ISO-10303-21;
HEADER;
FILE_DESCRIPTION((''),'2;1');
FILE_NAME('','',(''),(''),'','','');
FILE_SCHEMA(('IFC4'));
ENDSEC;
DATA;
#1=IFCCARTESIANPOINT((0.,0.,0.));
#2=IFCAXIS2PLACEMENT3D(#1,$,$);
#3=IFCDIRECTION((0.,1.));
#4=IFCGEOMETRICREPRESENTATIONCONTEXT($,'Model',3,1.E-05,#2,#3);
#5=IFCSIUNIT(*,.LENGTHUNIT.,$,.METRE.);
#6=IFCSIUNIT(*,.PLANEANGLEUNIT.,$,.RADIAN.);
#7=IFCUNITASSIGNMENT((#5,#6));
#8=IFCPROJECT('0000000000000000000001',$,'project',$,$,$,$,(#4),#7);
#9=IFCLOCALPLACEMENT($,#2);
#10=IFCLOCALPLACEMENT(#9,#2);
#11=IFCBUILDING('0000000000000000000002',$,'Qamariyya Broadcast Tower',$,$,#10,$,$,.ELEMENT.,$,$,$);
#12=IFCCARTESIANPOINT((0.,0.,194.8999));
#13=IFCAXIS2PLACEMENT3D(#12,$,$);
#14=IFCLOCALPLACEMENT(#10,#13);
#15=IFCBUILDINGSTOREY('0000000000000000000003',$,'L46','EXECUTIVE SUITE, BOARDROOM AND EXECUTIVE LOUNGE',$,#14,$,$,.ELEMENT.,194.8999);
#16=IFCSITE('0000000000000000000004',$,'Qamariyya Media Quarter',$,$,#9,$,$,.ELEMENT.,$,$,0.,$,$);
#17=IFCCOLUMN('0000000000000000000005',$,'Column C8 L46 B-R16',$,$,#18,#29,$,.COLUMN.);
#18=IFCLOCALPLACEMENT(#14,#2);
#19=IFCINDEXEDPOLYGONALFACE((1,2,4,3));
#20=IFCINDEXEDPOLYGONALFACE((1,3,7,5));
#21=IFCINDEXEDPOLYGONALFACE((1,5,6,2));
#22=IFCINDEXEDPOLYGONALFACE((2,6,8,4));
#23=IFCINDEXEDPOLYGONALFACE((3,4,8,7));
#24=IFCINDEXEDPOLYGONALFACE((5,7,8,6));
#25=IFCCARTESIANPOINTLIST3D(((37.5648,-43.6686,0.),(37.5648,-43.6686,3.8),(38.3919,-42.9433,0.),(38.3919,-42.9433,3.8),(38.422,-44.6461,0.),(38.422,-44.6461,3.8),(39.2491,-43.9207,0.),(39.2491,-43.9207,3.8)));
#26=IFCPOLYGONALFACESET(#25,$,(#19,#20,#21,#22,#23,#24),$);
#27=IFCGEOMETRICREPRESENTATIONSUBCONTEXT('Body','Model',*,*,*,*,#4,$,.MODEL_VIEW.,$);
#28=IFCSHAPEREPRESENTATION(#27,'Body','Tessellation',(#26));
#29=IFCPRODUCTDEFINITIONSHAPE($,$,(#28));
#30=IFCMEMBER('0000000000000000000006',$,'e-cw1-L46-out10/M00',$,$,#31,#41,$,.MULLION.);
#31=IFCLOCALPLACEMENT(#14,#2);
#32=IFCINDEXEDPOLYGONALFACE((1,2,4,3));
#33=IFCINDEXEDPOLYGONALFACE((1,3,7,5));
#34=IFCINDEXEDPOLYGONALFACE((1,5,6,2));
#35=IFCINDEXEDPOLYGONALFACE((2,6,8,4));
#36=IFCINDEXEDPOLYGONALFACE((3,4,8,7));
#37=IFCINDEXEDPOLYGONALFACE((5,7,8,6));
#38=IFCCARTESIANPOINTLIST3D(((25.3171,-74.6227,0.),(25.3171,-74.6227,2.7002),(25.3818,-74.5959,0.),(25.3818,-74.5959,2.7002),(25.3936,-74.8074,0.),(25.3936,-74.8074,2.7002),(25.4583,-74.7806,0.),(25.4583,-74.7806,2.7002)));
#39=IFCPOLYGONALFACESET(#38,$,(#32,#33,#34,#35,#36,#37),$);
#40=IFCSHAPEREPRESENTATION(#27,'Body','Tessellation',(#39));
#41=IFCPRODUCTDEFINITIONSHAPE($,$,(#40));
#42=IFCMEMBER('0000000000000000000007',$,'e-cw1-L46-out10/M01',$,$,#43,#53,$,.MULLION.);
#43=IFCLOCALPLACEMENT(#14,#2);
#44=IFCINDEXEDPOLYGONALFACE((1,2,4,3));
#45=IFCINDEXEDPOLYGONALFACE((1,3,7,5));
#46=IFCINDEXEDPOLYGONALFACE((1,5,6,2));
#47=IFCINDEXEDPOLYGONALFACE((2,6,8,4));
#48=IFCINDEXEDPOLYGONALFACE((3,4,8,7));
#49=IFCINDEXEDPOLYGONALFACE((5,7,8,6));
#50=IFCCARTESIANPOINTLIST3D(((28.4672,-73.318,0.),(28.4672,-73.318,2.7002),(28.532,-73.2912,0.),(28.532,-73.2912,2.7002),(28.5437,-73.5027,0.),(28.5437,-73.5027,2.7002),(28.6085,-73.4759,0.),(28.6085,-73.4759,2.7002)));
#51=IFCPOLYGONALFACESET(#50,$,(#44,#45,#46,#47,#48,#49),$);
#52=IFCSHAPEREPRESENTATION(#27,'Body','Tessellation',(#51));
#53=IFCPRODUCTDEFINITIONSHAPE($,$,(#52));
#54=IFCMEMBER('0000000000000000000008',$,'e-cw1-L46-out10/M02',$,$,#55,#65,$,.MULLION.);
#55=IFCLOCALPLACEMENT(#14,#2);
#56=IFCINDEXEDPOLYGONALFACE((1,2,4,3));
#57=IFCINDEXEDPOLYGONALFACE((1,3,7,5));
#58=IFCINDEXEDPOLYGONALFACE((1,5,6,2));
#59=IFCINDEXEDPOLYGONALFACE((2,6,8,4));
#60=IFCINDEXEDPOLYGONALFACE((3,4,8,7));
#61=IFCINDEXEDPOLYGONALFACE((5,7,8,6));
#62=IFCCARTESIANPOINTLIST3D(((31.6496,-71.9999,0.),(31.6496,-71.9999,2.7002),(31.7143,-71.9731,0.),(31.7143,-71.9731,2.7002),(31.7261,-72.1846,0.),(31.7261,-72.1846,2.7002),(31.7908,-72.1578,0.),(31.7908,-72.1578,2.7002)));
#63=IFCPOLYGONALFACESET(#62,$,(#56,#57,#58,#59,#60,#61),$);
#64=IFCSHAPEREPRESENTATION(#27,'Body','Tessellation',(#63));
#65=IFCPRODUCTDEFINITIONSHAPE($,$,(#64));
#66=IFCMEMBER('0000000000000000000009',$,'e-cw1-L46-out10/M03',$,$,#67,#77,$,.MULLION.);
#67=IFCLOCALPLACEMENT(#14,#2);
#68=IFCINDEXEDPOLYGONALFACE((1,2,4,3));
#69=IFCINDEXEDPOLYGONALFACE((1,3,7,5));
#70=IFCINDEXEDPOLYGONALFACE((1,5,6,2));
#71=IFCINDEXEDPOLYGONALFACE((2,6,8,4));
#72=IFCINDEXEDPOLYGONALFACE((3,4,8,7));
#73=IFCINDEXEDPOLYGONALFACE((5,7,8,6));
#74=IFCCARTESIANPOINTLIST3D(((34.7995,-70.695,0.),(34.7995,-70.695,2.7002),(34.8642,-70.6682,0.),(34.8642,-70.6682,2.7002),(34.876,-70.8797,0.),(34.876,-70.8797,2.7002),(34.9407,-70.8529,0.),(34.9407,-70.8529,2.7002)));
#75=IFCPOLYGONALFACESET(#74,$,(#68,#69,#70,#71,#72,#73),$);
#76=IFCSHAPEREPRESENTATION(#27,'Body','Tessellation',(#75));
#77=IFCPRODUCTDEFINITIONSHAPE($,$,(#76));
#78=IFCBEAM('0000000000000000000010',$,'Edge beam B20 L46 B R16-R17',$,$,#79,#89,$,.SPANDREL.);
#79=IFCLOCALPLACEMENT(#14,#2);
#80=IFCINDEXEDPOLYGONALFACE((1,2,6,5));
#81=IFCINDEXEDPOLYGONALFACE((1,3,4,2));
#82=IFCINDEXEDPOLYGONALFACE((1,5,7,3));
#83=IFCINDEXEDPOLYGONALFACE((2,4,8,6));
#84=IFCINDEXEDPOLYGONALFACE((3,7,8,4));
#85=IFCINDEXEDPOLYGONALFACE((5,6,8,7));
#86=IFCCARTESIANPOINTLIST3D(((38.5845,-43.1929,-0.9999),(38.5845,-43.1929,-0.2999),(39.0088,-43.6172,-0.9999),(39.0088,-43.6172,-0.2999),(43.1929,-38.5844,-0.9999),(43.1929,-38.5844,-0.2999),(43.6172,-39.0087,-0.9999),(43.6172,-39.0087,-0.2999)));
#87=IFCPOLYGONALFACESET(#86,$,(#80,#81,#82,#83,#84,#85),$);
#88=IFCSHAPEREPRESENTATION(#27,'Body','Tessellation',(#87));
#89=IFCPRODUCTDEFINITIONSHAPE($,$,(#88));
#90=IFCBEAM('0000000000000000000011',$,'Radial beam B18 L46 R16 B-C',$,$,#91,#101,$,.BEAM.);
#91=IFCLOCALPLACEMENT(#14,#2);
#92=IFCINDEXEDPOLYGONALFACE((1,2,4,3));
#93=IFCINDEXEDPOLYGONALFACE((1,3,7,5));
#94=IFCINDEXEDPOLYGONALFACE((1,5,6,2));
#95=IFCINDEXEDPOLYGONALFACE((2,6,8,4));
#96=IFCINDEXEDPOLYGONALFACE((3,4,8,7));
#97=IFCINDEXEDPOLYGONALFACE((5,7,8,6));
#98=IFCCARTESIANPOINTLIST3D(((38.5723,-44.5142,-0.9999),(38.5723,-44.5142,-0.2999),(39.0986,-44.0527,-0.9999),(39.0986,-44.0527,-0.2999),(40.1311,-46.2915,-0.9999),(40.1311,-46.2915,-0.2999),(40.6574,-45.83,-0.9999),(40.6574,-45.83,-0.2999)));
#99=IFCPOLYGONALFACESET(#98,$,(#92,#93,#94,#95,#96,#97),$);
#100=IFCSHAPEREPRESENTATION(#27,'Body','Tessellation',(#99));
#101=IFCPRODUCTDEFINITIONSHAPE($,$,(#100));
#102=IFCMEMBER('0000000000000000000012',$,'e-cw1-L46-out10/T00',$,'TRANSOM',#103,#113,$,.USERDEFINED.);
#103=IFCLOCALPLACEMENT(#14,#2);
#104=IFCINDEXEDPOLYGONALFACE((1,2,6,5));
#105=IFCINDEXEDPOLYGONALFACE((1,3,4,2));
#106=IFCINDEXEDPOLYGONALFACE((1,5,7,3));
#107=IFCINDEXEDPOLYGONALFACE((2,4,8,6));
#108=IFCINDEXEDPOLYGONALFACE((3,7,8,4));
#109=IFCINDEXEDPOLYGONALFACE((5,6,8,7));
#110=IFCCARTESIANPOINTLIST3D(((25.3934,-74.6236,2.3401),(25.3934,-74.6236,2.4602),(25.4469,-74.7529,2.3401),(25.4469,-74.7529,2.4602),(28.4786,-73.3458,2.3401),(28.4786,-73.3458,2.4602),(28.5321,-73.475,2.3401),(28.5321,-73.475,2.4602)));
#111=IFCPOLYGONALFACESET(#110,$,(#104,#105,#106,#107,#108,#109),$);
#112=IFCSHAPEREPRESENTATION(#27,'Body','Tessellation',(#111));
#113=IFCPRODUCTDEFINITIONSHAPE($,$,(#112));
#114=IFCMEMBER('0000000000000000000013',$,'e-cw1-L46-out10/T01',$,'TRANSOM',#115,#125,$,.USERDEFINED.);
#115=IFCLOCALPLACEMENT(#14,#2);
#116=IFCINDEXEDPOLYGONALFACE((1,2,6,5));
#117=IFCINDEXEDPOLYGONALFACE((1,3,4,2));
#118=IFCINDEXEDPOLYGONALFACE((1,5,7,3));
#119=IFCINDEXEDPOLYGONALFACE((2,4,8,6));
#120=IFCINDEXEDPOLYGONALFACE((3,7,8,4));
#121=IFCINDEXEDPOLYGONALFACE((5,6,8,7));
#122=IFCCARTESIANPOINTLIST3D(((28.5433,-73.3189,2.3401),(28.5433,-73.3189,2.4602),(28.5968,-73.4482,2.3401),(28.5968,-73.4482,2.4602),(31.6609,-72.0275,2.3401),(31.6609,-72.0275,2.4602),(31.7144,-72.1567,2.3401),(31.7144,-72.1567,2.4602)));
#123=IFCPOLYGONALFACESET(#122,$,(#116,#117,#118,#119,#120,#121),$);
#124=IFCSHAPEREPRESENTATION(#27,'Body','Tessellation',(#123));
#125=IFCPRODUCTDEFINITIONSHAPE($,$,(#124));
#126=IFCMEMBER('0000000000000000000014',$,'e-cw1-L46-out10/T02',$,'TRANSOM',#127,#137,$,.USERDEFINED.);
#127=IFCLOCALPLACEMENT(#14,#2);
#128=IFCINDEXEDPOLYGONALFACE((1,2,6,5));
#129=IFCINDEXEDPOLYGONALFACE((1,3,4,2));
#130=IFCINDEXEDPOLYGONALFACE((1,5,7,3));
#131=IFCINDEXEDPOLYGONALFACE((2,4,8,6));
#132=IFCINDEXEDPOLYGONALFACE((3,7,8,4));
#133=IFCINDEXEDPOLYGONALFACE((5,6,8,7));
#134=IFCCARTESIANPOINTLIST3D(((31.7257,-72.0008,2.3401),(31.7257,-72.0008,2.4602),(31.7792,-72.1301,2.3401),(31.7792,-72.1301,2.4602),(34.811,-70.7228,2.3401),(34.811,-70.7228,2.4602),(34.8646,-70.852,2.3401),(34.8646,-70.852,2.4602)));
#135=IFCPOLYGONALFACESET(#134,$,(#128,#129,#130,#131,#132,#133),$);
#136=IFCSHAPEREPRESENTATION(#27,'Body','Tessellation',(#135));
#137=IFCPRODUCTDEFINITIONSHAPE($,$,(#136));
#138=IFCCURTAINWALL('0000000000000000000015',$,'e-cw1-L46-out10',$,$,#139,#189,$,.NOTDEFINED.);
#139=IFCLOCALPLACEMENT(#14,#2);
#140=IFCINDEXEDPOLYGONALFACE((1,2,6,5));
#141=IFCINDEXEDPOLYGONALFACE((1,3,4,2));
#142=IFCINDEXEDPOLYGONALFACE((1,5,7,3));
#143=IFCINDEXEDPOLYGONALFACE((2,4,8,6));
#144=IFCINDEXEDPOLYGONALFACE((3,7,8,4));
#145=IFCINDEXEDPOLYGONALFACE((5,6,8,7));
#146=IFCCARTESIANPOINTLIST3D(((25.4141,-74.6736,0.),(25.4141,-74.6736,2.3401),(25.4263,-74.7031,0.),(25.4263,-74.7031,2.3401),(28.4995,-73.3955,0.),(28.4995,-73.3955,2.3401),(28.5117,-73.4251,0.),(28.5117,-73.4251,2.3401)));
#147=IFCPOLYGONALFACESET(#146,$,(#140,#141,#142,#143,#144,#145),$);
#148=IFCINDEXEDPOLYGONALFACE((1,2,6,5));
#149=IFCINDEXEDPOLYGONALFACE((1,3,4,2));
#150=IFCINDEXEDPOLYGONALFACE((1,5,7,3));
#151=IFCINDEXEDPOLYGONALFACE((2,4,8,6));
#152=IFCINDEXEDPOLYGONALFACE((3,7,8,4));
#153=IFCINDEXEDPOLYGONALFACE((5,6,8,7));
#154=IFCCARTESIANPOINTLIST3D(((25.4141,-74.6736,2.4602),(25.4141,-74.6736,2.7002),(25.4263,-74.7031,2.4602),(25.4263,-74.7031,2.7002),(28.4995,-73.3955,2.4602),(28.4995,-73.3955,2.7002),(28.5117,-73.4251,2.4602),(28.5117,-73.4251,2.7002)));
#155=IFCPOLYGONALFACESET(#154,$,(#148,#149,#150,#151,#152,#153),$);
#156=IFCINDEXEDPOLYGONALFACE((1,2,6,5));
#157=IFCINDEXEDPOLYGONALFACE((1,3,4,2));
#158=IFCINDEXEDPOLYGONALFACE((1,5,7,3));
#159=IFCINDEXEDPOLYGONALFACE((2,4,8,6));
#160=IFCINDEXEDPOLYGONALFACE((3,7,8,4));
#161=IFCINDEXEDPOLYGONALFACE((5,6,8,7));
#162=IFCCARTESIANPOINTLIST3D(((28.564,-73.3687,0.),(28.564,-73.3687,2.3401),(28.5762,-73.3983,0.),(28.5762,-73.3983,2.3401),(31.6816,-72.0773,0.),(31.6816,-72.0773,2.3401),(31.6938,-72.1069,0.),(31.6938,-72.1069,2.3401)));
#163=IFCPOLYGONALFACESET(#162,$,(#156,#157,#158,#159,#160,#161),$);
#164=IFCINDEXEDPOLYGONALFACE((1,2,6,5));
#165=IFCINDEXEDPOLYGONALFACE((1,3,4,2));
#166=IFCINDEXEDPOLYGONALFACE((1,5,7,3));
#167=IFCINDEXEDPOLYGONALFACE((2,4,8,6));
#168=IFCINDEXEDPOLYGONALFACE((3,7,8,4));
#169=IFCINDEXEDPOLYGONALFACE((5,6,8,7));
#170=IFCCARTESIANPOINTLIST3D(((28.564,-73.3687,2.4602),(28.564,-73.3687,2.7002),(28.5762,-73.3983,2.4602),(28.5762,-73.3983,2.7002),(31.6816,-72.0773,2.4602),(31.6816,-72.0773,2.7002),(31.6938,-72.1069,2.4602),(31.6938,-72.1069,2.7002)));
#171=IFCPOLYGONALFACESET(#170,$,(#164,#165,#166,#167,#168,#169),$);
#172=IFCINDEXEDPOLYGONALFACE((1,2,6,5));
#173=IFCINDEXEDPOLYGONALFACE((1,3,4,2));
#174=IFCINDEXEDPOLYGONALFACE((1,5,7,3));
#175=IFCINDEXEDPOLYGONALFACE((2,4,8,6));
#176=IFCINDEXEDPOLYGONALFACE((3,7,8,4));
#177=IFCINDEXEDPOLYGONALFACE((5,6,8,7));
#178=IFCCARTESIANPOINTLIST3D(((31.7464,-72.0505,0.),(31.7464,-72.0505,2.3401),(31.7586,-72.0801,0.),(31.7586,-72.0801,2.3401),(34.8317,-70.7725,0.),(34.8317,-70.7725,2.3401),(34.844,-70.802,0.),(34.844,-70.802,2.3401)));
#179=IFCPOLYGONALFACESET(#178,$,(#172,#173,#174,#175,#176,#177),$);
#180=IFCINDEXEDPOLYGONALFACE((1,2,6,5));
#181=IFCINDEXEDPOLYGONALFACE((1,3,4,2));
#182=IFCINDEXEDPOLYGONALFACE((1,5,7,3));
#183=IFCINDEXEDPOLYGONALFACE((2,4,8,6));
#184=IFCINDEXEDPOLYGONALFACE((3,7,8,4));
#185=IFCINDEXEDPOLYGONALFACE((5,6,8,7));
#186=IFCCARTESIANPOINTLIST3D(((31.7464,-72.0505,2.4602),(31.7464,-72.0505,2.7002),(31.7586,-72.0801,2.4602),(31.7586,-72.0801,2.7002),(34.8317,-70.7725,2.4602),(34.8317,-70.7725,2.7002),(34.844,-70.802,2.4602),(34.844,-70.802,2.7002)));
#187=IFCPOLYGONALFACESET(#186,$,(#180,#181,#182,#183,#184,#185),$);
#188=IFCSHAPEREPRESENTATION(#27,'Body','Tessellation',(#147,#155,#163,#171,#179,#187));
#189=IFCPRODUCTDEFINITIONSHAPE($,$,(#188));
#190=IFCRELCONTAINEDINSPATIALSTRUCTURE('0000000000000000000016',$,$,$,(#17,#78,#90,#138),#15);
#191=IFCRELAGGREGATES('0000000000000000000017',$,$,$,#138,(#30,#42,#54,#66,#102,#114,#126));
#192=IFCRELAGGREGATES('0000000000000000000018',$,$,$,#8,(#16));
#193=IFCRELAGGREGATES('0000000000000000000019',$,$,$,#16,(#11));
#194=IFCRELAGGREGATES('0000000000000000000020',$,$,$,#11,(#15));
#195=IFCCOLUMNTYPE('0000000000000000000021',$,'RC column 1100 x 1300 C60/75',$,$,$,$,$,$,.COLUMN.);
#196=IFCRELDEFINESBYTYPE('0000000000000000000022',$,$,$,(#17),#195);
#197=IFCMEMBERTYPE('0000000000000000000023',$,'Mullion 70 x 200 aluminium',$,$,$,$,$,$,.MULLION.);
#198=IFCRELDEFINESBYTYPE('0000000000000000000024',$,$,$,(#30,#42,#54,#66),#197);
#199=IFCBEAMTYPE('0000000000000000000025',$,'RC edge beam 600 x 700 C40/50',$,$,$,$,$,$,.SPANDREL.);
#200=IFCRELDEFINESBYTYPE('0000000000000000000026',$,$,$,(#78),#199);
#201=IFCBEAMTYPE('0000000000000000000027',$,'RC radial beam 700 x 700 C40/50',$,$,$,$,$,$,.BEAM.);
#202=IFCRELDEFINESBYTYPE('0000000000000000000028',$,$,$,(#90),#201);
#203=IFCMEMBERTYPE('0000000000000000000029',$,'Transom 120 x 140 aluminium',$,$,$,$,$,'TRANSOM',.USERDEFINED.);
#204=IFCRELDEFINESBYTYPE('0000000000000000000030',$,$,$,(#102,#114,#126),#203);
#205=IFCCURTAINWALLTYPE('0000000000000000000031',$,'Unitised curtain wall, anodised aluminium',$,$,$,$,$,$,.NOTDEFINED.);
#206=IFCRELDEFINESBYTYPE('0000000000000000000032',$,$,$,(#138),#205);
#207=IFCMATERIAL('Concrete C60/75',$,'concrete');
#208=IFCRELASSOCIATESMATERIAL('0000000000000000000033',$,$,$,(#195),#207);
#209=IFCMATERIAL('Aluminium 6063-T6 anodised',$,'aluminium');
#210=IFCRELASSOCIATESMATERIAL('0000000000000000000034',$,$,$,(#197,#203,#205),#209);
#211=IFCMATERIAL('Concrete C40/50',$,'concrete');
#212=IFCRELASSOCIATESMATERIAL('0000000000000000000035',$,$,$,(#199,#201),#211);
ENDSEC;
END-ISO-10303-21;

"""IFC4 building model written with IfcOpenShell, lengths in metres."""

from ifc_helpers import new_model, si_unit, direction, frame, origin, origin_2d, place, context, subcontext, project, spatial, rectangle, extrude, material, material_profile, profile_set, type_object, element, aggregate, save


model = new_model("IFC4")

# Units and contexts
model_context = context("Model", 3, precision=1e-05, world=origin(), true_north=direction((0.0, 1.0)))
body_context = subcontext(model_context, "Body", "Model", "MODEL_VIEW")
ifc_project = project(units=[si_unit("LENGTHUNIT", "METRE"), si_unit("PLANEANGLEUNIT", "RADIAN")], contexts=[model_context])

# Site, building, storey
site_placement = place(None, origin())
site = spatial("IfcSite", under=ifc_project, at=site_placement, Name="Qamariyya Media Quarter", CompositionType="ELEMENT", RefElevation=0.0)
building_placement = place(site_placement, origin())
building = spatial("IfcBuilding", under=site, at=building_placement, Name="Qamariyya Broadcast Tower", CompositionType="ELEMENT")
storey_placement = place(building_placement, frame((0.0, 0.0, 194.8999)))
storey = spatial("IfcBuildingStorey", under=building, at=storey_placement, Name="L46", Description="EXECUTIVE SUITE, BOARDROOM AND EXECUTIVE LOUNGE", CompositionType="ELEMENT", Elevation=194.8999)

# Column
ifc_material_1 = material(Name="Concrete C60/75", Category="concrete")
ifc_material_profile_1 = material_profile(ifc_material_1, rectangle(XDim=1.1001, YDim=1.3, at=origin_2d()))
ifc_profile_set_1 = profile_set([ifc_material_profile_1], Name="Concrete C60/75")
column_type = type_object("IfcColumnType", Name="RC column 1100 x 1300 C60/75", PredefinedType="COLUMN", material=ifc_profile_set_1)
column_placement = place(storey_placement, frame((38.407, -43.7947, 0.0), z_axis=(0.0, 0.0, 1.0), x_axis=(0.75184, 0.659346, 0.0)))
element("IfcColumn", 1, at=column_placement, inside=storey, type_object=column_type, Name="Column C8 L46 B-R16", PredefinedType="COLUMN", context=body_context, shape_type="SweptSolid", body=[
    extrude(rectangle(XDim=1.1001, YDim=1.3, at=origin_2d()), origin(), (0.0, 0.0, 1.0), 3.8),
])

# Members
ifc_material_2 = material(Name="Aluminium 6063-T6 anodised", Category="aluminium")
ifc_material_profile_2 = material_profile(ifc_material_2, rectangle(XDim=0.2, YDim=0.0701, at=origin_2d()))
ifc_profile_set_2 = profile_set([ifc_material_profile_2], Name="Aluminium 6063-T6 anodised")
member_type_1 = type_object("IfcMemberType", Name="Mullion 70 x 200 aluminium", PredefinedType="MULLION", material=ifc_profile_set_2)
member_1_placement = place(storey_placement, frame((25.3877, -74.7017, 0.0), z_axis=(0.0, 0.0, 1.0), x_axis=(-0.382683, 0.92388, 0.0)))
member_1 = element("IfcMember", 2, at=member_1_placement, type_object=member_type_1, Name="e-cw1-L46-out10/M00", PredefinedType="MULLION", context=body_context, shape_type="SweptSolid", body=[
    extrude(rectangle(XDim=0.2, YDim=0.0701, at=origin_2d()), origin(), (0.0, 0.0, 1.0), 2.7002),
])
member_2_placement = place(storey_placement, frame((28.5378, -73.397, 0.0), z_axis=(0.0, 0.0, 1.0), x_axis=(-0.382683, 0.92388, 0.0)))
member_2 = element("IfcMember", 3, at=member_2_placement, type_object=member_type_1, Name="e-cw1-L46-out10/M01", PredefinedType="MULLION", context=body_context, shape_type="SweptSolid", body=[
    extrude(rectangle(XDim=0.2, YDim=0.0701, at=origin_2d()), origin(), (0.0, 0.0, 1.0), 2.7002),
])
member_3_placement = place(storey_placement, frame((31.7202, -72.0789, 0.0), z_axis=(0.0, 0.0, 1.0), x_axis=(-0.382683, 0.92388, 0.0)))
member_3 = element("IfcMember", 4, at=member_3_placement, type_object=member_type_1, Name="e-cw1-L46-out10/M02", PredefinedType="MULLION", context=body_context, shape_type="SweptSolid", body=[
    extrude(rectangle(XDim=0.2, YDim=0.0701, at=origin_2d()), origin(), (0.0, 0.0, 1.0), 2.7002),
])
member_4_placement = place(storey_placement, frame((34.8701, -70.7739, 0.0), z_axis=(0.0, 0.0, 1.0), x_axis=(-0.382683, 0.92388, 0.0)))
member_4 = element("IfcMember", 5, at=member_4_placement, type_object=member_type_1, Name="e-cw1-L46-out10/M03", PredefinedType="MULLION", context=body_context, shape_type="SweptSolid", body=[
    extrude(rectangle(XDim=0.2, YDim=0.0701, at=origin_2d()), origin(), (0.0, 0.0, 1.0), 2.7002),
])

# Beams
ifc_material_3 = material(Name="Concrete C40/50", Category="concrete")
ifc_material_profile_3 = material_profile(ifc_material_3, rectangle(XDim=0.6001, YDim=0.7, at=origin_2d()))
ifc_profile_set_3 = profile_set([ifc_material_profile_3], Name="Concrete C40/50")
beam_type_1 = type_object("IfcBeamType", Name="RC edge beam 600 x 700 C40/50", PredefinedType="SPANDREL", material=ifc_profile_set_3)
beam_1_placement = place(storey_placement, frame((38.7966, -43.405, -0.6499), z_axis=(0.707107, 0.707107, 0.0), x_axis=(-0.707107, 0.707107, 0.0)))
element("IfcBeam", 6, at=beam_1_placement, inside=storey, type_object=beam_type_1, Name="Edge beam B20 L46 B R16-R17", PredefinedType="SPANDREL", context=body_context, shape_type="SweptSolid", body=[
    extrude(rectangle(XDim=0.6001, YDim=0.7, at=origin_2d()), origin(), (0.0, 0.0, 1.0), 6.5173),
])
ifc_material_profile_4 = material_profile(ifc_material_3, rectangle(XDim=0.7, YDim=0.7, at=origin_2d()))
ifc_profile_set_4 = profile_set([ifc_material_profile_4], Name="Concrete C40/50")
beam_type_2 = type_object("IfcBeamType", Name="RC radial beam 700 x 700 C40/50", PredefinedType="BEAM", material=ifc_profile_set_4)
beam_2_placement = place(storey_placement, frame((38.8354, -44.2834, -0.6499), z_axis=(0.659382, -0.751809, 0.0), x_axis=(0.751809, 0.659382, 0.0)))
element("IfcBeam", 7, at=beam_2_placement, inside=storey, type_object=beam_type_2, Name="Radial beam B18 L46 R16 B-C", PredefinedType="BEAM", context=body_context, shape_type="SweptSolid", body=[
    extrude(rectangle(XDim=0.7, YDim=0.7, at=origin_2d()), origin(), (0.0, 0.0, 1.0), 2.364),
])

# Members
ifc_material_profile_5 = material_profile(ifc_material_2, rectangle(XDim=0.1399, YDim=0.1201, at=origin_2d()))
ifc_profile_set_5 = profile_set([ifc_material_profile_5], Name="Aluminium 6063-T6 anodised")
member_type_2 = type_object("IfcMemberType", Name="Transom 120 x 140 aluminium", ElementType="TRANSOM", PredefinedType="USERDEFINED", material=ifc_profile_set_5)
member_5_placement = place(storey_placement, frame((25.4202, -74.6882, 2.4001), z_axis=(0.92389, 0.382657, 0.0), x_axis=(-0.382657, 0.92389, 0.0)))
member_5 = element("IfcMember", 8, at=member_5_placement, type_object=member_type_2, Name="e-cw1-L46-out10/T00", ObjectType="TRANSOM", PredefinedType="USERDEFINED", context=body_context, shape_type="SweptSolid", body=[
    extrude(rectangle(XDim=0.1399, YDim=0.1201, at=origin_2d()), origin(), (0.0, 0.0, 1.0), 3.3394),
])
member_6_placement = place(storey_placement, frame((28.5701, -73.3835, 2.4001), z_axis=(0.923867, 0.382714, 0.0), x_axis=(-0.382714, 0.923867, 0.0)))
member_6 = element("IfcMember", 9, at=member_6_placement, type_object=member_type_2, Name="e-cw1-L46-out10/T01", ObjectType="TRANSOM", PredefinedType="USERDEFINED", context=body_context, shape_type="SweptSolid", body=[
    extrude(rectangle(XDim=0.1399, YDim=0.1201, at=origin_2d()), origin(), (0.0, 0.0, 1.0), 3.3745),
])
member_7_placement = place(storey_placement, frame((31.7524, -72.0654, 2.4001), z_axis=(0.923875, 0.382694, 0.0), x_axis=(-0.382694, 0.923875, 0.0)))
member_7 = element("IfcMember", 10, at=member_7_placement, type_object=member_type_2, Name="e-cw1-L46-out10/T02", ObjectType="TRANSOM", PredefinedType="USERDEFINED", context=body_context, shape_type="SweptSolid", body=[
    extrude(rectangle(XDim=0.1399, YDim=0.1201, at=origin_2d()), origin(), (0.0, 0.0, 1.0), 3.3396),
])

# Curtain wall
curtain_wall_type = type_object("IfcCurtainWallType", Name="Unitised curtain wall, anodised aluminium", PredefinedType="NOTDEFINED", material=ifc_material_2)
curtain_wall_placement = place(storey_placement, origin())
curtain_wall = element("IfcCurtainWall", 11, at=curtain_wall_placement, inside=storey, type_object=curtain_wall_type, Name="e-cw1-L46-out10", PredefinedType="NOTDEFINED", context=body_context, shape_type="SweptSolid", body=[
    extrude(rectangle(XDim=3.3396, YDim=0.032, at=origin_2d()), frame((26.9629, -74.0493, 0.0), x_axis=(0.923878, 0.382687, 0.0)), (0.0, 0.0, 1.0), 2.3401),
    extrude(rectangle(XDim=3.3396, YDim=0.032, at=origin_2d()), frame((26.9629, -74.0493, 2.4602), x_axis=(0.923878, 0.382687, 0.0)), (0.0, 0.0, 1.0), 0.24),
    extrude(rectangle(XDim=3.3745, YDim=0.032, at=origin_2d()), frame((30.1289, -72.7378, 0.0), x_axis=(0.923878, 0.382687, 0.0)), (0.0, 0.0, 1.0), 2.3401),
    extrude(rectangle(XDim=3.3745, YDim=0.032, at=origin_2d()), frame((30.1289, -72.7378, 2.4602), x_axis=(0.923878, 0.382687, 0.0)), (0.0, 0.0, 1.0), 0.24),
    extrude(rectangle(XDim=3.3396, YDim=0.032, at=origin_2d()), frame((33.2952, -71.4263, 0.0), x_axis=(0.923878, 0.382687, 0.0)), (0.0, 0.0, 1.0), 2.3401),
    extrude(rectangle(XDim=3.3396, YDim=0.032, at=origin_2d()), frame((33.2952, -71.4263, 2.4602), x_axis=(0.923878, 0.382687, 0.0)), (0.0, 0.0, 1.0), 0.24),
])
aggregate(curtain_wall, [member_1, member_2, member_3, member_4, member_5, member_6, member_7])

save(model, "model.ifc")
